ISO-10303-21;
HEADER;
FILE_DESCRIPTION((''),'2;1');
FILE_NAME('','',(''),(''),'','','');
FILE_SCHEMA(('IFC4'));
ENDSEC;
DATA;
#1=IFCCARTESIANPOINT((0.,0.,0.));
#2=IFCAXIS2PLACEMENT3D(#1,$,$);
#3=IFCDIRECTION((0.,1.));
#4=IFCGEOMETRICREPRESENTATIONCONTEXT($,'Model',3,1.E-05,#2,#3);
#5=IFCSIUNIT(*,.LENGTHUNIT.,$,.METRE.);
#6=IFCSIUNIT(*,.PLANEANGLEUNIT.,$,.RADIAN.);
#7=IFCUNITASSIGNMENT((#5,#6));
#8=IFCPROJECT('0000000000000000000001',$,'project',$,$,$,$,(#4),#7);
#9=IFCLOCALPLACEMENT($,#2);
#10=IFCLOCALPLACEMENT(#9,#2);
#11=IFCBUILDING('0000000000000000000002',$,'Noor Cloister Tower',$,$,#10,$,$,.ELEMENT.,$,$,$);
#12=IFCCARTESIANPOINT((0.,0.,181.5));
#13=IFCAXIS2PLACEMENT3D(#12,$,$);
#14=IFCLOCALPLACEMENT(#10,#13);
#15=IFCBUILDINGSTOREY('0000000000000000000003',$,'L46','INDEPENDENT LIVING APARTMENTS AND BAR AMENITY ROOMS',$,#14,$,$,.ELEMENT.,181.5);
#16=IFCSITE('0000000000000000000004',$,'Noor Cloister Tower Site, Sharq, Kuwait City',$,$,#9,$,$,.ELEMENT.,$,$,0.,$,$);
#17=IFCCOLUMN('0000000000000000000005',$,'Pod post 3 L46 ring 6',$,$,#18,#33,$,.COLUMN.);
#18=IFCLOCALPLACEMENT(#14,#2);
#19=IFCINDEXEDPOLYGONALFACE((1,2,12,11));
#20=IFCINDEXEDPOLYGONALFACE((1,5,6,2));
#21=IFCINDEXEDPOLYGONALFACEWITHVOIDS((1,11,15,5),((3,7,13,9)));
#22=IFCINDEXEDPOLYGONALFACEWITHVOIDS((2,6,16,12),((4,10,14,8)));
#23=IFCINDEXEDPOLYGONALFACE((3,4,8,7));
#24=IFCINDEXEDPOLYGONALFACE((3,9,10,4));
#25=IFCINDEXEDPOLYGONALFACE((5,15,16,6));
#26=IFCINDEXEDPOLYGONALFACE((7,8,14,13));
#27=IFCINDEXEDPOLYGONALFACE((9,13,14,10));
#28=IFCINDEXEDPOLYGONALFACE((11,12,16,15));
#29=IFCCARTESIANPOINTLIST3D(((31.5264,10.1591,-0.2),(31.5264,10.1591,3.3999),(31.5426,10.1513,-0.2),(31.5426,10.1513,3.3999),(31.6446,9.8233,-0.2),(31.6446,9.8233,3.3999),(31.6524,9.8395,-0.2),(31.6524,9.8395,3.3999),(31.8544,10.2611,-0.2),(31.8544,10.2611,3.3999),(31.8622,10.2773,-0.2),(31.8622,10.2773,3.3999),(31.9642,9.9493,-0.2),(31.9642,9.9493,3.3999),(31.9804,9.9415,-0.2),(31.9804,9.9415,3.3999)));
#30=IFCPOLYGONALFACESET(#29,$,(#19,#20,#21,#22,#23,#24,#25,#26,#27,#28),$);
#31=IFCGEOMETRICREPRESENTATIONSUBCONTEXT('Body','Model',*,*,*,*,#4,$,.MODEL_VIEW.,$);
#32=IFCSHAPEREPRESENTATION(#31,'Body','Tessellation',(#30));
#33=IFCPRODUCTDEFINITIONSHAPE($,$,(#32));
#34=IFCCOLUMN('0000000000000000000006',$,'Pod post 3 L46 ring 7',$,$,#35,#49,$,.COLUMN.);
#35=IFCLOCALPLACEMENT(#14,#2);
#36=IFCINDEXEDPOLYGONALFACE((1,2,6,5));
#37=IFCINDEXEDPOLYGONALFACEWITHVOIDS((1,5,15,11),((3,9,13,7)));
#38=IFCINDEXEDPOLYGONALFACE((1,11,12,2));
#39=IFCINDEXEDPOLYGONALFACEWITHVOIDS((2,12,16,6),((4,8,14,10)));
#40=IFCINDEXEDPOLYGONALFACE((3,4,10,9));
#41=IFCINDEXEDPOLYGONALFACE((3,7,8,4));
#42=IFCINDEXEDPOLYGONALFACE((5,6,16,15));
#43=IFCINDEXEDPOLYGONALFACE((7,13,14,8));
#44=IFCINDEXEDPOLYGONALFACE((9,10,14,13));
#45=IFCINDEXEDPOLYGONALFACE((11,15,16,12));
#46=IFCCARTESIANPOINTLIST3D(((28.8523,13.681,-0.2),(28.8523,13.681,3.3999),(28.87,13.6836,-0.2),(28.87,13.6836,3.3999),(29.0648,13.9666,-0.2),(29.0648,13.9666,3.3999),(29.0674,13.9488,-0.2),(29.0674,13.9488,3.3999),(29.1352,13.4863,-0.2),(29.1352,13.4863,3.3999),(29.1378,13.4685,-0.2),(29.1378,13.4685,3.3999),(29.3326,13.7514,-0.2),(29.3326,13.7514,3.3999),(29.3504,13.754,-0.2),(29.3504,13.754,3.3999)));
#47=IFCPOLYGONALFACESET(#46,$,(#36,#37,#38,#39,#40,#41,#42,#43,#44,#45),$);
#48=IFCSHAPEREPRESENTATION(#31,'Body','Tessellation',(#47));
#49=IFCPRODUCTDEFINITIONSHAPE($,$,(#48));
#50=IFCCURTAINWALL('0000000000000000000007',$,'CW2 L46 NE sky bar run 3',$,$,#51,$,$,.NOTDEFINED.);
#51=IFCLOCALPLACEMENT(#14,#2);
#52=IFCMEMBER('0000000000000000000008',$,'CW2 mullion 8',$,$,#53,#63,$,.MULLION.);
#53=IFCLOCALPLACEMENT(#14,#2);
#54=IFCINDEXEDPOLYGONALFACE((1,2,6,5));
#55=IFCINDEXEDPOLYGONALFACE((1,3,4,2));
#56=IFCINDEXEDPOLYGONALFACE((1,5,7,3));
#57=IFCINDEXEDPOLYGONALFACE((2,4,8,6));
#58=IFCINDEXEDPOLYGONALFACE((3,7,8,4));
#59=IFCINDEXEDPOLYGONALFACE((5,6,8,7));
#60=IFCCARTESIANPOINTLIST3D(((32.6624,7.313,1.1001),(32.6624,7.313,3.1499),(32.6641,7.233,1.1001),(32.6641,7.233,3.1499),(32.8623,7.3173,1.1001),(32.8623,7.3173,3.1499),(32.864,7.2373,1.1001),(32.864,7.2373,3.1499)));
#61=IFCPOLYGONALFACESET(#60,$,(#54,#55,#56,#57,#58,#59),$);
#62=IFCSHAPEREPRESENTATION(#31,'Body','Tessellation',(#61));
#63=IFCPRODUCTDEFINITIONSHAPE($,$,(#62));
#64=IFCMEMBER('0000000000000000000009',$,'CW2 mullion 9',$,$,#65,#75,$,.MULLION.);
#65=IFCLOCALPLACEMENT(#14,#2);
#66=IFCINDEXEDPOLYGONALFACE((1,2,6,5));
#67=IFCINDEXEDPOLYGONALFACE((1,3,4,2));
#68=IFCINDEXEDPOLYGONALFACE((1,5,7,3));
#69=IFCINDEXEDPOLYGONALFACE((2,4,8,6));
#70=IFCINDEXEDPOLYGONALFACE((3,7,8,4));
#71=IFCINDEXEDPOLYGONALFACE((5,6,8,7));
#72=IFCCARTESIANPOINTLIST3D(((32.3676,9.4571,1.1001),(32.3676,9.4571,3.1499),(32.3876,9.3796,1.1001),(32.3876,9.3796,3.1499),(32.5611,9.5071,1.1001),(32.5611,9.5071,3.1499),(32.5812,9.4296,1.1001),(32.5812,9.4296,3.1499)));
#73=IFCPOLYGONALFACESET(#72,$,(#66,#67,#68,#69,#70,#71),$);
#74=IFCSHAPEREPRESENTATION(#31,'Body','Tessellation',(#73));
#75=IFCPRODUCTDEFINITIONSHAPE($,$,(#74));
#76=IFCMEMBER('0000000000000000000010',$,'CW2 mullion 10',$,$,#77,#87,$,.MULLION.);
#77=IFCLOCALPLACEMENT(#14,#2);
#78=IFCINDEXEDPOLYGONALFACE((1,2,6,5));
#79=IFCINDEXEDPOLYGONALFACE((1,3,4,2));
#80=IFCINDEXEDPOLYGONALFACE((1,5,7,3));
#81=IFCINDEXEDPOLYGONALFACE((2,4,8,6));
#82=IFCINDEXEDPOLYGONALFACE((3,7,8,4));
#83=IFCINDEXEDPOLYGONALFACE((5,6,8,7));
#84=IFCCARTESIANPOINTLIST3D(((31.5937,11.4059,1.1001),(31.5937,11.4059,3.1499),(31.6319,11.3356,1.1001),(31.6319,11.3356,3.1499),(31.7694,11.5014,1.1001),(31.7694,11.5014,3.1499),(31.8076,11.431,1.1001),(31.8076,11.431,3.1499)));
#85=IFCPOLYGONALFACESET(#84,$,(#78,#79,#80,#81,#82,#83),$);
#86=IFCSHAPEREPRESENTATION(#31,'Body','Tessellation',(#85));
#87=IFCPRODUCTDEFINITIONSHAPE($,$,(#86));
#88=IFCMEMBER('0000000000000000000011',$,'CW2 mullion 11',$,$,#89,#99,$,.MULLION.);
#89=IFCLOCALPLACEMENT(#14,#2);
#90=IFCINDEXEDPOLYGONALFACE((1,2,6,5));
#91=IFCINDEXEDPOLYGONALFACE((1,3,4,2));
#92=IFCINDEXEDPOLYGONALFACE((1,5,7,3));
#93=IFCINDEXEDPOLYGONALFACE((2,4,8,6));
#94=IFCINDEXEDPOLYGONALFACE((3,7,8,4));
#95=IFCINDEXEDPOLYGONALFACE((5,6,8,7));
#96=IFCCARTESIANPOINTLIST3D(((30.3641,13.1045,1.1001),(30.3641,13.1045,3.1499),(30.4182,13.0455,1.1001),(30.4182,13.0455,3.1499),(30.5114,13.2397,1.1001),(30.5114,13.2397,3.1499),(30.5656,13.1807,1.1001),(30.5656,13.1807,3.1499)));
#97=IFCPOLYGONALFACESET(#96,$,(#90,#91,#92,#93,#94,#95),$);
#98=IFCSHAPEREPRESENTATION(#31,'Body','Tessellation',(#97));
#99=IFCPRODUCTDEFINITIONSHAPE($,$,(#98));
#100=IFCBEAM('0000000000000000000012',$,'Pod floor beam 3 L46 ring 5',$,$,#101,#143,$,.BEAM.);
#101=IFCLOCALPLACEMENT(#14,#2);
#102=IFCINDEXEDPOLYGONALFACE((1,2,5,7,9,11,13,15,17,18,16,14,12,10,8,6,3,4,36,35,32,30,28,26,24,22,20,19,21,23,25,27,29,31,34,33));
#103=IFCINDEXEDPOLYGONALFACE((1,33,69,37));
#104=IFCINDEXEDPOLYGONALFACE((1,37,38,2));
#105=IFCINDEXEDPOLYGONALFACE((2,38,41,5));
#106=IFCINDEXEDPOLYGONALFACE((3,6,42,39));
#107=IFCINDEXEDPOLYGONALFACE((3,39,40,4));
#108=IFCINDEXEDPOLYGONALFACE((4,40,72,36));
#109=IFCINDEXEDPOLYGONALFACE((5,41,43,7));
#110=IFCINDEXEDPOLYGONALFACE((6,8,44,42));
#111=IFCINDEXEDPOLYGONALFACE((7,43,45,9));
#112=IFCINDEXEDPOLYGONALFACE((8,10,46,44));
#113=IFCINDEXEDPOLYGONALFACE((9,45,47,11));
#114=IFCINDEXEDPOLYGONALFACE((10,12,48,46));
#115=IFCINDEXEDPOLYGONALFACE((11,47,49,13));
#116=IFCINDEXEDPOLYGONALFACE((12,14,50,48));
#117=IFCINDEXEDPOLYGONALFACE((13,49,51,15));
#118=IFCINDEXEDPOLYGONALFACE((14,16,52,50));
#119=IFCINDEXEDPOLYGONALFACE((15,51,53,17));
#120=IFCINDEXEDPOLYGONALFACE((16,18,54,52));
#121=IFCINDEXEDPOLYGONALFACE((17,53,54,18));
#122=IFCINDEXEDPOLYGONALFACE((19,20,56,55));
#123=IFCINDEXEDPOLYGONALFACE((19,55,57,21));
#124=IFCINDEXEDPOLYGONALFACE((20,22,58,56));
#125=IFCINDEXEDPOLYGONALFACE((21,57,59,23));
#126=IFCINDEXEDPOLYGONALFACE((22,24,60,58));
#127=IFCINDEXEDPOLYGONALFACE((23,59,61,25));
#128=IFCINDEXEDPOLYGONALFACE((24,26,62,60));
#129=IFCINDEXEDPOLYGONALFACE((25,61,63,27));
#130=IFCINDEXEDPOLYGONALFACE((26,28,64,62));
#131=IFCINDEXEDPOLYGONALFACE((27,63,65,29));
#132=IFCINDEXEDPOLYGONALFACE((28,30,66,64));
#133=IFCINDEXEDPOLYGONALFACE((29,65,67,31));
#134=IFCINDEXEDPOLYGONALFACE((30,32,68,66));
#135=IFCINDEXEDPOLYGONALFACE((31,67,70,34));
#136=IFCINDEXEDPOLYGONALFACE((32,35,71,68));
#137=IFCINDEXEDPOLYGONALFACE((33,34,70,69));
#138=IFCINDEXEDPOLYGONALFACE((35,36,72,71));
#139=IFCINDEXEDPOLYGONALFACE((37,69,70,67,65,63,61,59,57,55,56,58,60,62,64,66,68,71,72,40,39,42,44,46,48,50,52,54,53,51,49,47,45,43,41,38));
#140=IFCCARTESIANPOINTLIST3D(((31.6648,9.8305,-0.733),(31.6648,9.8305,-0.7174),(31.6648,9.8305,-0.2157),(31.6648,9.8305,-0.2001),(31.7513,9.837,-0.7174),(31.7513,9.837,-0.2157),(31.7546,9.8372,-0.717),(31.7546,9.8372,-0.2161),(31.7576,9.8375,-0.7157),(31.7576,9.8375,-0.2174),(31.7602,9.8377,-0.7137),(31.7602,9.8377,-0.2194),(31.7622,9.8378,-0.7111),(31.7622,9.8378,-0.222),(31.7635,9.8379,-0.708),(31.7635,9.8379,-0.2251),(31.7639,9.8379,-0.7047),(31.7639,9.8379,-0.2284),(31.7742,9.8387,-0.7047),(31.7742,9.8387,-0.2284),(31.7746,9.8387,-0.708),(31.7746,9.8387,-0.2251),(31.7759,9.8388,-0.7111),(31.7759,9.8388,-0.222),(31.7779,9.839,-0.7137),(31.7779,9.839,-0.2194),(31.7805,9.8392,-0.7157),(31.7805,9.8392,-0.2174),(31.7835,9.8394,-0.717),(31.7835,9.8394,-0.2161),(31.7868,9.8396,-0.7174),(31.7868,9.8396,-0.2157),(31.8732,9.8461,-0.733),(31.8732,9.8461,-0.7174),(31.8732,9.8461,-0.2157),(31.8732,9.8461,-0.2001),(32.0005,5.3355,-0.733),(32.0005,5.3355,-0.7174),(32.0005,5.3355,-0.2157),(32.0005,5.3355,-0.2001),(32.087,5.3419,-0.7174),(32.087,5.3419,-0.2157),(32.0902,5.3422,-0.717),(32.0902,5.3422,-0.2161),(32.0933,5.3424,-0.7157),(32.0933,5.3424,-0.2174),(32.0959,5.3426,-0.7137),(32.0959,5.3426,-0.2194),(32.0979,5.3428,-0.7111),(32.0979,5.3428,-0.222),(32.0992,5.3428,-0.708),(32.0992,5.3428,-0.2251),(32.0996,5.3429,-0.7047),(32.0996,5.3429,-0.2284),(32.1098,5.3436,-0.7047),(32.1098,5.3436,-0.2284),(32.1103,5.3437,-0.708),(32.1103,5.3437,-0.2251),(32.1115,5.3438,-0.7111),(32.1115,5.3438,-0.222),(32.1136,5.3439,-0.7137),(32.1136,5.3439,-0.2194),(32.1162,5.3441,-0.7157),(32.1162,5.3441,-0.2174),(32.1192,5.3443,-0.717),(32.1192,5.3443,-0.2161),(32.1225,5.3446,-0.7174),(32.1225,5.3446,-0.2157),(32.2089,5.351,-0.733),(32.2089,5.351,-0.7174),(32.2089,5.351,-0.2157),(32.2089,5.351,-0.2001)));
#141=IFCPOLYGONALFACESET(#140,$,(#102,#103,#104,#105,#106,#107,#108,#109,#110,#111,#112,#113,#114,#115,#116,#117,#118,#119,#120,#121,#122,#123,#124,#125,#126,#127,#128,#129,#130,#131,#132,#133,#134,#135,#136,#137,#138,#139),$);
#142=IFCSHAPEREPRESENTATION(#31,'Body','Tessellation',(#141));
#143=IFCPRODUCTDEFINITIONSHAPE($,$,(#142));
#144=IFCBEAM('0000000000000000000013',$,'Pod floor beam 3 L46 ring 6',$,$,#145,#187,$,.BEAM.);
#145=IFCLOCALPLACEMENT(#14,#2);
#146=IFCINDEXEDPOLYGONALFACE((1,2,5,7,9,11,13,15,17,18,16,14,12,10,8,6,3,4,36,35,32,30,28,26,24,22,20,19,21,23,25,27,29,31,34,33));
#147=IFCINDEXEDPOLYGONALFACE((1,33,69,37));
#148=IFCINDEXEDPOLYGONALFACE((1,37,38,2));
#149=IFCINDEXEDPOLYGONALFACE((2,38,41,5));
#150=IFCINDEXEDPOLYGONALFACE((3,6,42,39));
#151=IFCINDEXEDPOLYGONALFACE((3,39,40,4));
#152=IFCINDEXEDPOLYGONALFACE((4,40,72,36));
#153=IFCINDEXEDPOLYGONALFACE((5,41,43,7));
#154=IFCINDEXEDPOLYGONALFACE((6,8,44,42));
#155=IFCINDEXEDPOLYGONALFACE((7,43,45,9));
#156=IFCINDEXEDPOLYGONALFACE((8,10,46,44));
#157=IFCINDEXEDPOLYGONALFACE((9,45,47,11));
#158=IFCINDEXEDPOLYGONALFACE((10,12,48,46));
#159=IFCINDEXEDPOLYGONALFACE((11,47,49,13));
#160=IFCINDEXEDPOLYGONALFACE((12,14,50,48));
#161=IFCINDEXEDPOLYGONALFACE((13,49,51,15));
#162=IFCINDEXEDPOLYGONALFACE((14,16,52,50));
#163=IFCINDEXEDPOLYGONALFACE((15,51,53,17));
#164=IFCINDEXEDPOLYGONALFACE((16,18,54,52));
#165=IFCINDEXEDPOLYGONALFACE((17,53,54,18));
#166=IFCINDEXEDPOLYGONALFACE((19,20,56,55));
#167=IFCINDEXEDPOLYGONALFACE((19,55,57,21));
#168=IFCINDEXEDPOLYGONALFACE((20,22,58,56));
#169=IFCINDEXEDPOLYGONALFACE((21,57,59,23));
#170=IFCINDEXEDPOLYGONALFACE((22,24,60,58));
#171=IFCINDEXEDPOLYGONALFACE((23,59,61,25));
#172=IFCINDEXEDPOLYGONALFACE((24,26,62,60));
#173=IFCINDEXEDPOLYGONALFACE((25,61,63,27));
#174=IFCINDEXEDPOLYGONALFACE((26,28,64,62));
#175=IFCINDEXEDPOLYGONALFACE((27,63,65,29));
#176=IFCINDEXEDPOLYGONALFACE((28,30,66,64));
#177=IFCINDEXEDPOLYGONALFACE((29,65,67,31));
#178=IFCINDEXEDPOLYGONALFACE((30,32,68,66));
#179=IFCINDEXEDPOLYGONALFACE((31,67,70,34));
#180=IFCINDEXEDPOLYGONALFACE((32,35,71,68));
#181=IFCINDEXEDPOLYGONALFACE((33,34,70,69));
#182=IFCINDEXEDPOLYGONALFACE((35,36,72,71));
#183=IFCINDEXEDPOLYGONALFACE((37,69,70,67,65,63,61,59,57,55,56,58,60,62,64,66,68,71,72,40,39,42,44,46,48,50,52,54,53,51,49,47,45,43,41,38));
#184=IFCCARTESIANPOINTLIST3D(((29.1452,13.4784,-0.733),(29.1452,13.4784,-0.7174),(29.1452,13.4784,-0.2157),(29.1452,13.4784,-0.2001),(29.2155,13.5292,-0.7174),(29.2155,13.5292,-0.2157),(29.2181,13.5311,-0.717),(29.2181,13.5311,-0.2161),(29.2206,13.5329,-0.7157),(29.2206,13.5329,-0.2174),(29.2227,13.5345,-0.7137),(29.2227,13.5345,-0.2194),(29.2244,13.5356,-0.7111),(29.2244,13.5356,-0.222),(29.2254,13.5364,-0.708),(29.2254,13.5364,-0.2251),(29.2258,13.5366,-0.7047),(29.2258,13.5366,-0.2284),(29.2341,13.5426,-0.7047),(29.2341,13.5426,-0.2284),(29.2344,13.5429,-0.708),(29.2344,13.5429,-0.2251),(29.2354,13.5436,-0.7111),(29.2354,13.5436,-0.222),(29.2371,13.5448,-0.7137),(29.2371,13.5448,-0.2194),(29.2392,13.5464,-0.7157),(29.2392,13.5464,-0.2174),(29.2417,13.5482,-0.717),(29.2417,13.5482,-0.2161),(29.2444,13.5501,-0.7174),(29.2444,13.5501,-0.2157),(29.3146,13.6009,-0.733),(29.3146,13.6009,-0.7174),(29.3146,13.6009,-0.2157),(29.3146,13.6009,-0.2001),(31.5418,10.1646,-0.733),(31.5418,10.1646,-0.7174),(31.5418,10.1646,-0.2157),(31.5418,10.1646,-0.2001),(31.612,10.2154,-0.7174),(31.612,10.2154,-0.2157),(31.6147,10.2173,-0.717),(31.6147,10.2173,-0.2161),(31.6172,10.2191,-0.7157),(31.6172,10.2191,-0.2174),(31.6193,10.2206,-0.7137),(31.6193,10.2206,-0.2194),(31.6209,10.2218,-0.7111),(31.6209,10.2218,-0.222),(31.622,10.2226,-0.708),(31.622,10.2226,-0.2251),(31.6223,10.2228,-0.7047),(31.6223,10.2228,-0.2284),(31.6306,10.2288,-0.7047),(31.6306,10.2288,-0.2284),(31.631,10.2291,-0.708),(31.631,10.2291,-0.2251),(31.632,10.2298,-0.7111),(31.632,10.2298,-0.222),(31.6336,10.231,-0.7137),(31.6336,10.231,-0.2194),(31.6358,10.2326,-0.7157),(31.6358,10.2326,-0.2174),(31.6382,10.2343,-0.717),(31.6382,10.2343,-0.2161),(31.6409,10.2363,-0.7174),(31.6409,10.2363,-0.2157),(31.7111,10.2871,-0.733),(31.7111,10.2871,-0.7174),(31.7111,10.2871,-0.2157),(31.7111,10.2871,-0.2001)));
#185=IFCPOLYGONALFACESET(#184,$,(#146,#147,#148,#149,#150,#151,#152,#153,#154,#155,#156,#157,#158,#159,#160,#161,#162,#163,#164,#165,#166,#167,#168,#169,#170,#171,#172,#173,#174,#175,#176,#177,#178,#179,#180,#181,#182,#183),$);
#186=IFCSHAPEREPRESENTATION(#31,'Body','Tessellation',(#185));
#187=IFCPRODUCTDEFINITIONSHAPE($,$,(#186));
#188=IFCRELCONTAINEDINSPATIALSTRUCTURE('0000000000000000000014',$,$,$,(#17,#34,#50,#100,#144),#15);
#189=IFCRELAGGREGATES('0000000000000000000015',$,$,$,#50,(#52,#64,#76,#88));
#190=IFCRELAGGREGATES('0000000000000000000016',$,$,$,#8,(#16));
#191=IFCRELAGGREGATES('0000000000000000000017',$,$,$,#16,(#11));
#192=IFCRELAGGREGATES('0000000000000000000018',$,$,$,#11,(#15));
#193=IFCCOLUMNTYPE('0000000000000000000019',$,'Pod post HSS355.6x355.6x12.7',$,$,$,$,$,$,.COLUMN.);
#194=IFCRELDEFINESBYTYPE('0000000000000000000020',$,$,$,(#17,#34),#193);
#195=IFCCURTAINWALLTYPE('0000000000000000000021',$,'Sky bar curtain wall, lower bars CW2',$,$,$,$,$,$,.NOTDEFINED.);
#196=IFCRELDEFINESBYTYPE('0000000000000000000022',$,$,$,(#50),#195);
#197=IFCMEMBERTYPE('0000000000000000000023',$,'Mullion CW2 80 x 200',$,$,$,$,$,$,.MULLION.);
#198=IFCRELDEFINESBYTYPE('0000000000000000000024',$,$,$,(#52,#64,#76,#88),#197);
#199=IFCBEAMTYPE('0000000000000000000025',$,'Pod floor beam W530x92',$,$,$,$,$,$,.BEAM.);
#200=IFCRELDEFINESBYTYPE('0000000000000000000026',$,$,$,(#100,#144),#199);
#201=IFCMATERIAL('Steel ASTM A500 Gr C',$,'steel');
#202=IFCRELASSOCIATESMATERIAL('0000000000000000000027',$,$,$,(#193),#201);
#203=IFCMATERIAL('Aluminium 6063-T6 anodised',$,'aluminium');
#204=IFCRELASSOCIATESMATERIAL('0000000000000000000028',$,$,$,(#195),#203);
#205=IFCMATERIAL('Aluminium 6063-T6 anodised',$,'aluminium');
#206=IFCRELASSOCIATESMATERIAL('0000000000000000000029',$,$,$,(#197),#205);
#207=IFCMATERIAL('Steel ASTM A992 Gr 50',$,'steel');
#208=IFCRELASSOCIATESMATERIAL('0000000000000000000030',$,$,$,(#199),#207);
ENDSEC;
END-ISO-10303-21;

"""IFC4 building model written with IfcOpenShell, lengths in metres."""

from ifc_helpers import new_model, si_unit, direction, frame, origin, origin_2d, place, context, subcontext, project, spatial, rectangle, hollow_rectangle, i_section, extrude, material, material_profile, profile_set, type_object, element, aggregate, save


model = new_model("IFC4")

# Units and contexts
model_context = context("Model", 3, precision=1e-05, world=origin(), true_north=direction((0.0, 1.0)))
body_context = subcontext(model_context, "Body", "Model", "MODEL_VIEW")
ifc_project = project(units=[si_unit("LENGTHUNIT", "METRE"), si_unit("PLANEANGLEUNIT", "RADIAN")], contexts=[model_context])

# Site, building, storey
site_placement = place(None, origin())
site = spatial("IfcSite", under=ifc_project, at=site_placement, Name="Noor Cloister Tower Site, Sharq, Kuwait City", CompositionType="ELEMENT", RefElevation=0.0)
building_placement = place(site_placement, origin())
building = spatial("IfcBuilding", under=site, at=building_placement, Name="Noor Cloister Tower", CompositionType="ELEMENT")
storey_placement = place(building_placement, frame((0.0, 0.0, 181.5)))
storey = spatial("IfcBuildingStorey", under=building, at=storey_placement, Name="L46", Description="INDEPENDENT LIVING APARTMENTS AND BAR AMENITY ROOMS", CompositionType="ELEMENT", Elevation=181.5)

# Columns
ifc_material_1 = material(Name="Steel ASTM A500 Gr C", Category="steel")
ifc_material_profile_1 = material_profile(ifc_material_1, hollow_rectangle(XDim=0.356, YDim=0.356, WallThickness=0.0127, at=origin_2d()), Name="HSS355.6x355.6x12.7")
ifc_profile_set_1 = profile_set([ifc_material_profile_1], Name="Steel ASTM A500 Gr C")
column_type = type_object("IfcColumnType", Name="Pod post HSS355.6x355.6x12.7", PredefinedType="COLUMN", material=ifc_profile_set_1)
for number, where, z_axis, x_axis, name in (
    (1, (31.7534, 10.0503, -0.2), (0.0, 0.0, 1.0), (-0.332035, 0.943267, 0.0), "Pod post 3 L46 ring 6"),
    (2, (29.1013, 13.7175, -0.2), (0.0, 0.0, 1.0), (-0.802222, 0.597026, 0.0), "Pod post 3 L46 ring 7"),
):
    element("IfcColumn", number, at=place(storey_placement, frame(where, z_axis=z_axis, x_axis=x_axis)), inside=storey, type_object=column_type, Name=name, PredefinedType="COLUMN", context=body_context, shape_type="SweptSolid", body=[
        extrude(hollow_rectangle(XDim=0.356, YDim=0.356, WallThickness=0.0127, at=origin_2d()), origin(), (0.0, 0.0, 1.0), 3.5999),
    ])

# Curtain wall, members
ifc_material_2 = material(Name="Aluminium 6063-T6 anodised", Category="aluminium")
curtain_wall_type = type_object("IfcCurtainWallType", Name="Sky bar curtain wall, lower bars CW2", PredefinedType="NOTDEFINED", material=ifc_material_2)
curtain_wall_placement = place(storey_placement, origin())
curtain_wall = element("IfcCurtainWall", 3, at=curtain_wall_placement, inside=storey, type_object=curtain_wall_type, Name="CW2 L46 NE sky bar run 3", PredefinedType="NOTDEFINED")
ifc_material_3 = material(Name="Aluminium 6063-T6 anodised", Category="aluminium")
ifc_material_profile_2 = material_profile(ifc_material_3, rectangle(XDim=0.2, YDim=0.0801, at=origin_2d()), Name="200 x 80 mullion")
ifc_profile_set_2 = profile_set([ifc_material_profile_2], Name="Aluminium 6063-T6 anodised")
member_type = type_object("IfcMemberType", Name="Mullion CW2 80 x 200", PredefinedType="MULLION", material=ifc_profile_set_2)
member_1_placement = place(storey_placement, frame((32.7632, 7.2751, 1.1001), z_axis=(0.0, 0.0, 1.0), x_axis=(-0.999771, -0.021415, 0.0)))
member_1 = element("IfcMember", 4, at=member_1_placement, type_object=member_type, Name="CW2 mullion 8", PredefinedType="MULLION", context=body_context, shape_type="SweptSolid", body=[
    extrude(rectangle(XDim=0.2, YDim=0.0801, at=origin_2d()), origin(), (0.0, 0.0, 1.0), 2.0498),
])
member_2_placement = place(storey_placement, frame((32.4744, 9.4434, 1.1001), z_axis=(0.0, 0.0, 1.0), x_axis=(-0.968192, -0.250209, 0.0)))
member_2 = element("IfcMember", 5, at=member_2_placement, type_object=member_type, Name="CW2 mullion 9", PredefinedType="MULLION", context=body_context, shape_type="SweptSolid", body=[
    extrude(rectangle(XDim=0.2, YDim=0.0801, at=origin_2d()), origin(), (0.0, 0.0, 1.0), 2.0498),
])
member_3_placement = place(storey_placement, frame((31.7007, 11.4185, 1.1001), z_axis=(0.0, 0.0, 1.0), x_axis=(-0.878722, -0.477334, 0.0)))
member_3 = element("IfcMember", 6, at=member_3_placement, type_object=member_type, Name="CW2 mullion 10", PredefinedType="MULLION", context=body_context, shape_type="SweptSolid", body=[
    extrude(rectangle(XDim=0.2, YDim=0.0801, at=origin_2d()), origin(), (0.0, 0.0, 1.0), 2.0498),
])
member_4_placement = place(storey_placement, frame((30.4648, 13.1426, 1.1001), z_axis=(0.0, 0.0, 1.0), x_axis=(-0.736888, -0.676015, 0.0)))
member_4 = element("IfcMember", 7, at=member_4_placement, type_object=member_type, Name="CW2 mullion 11", PredefinedType="MULLION", context=body_context, shape_type="SweptSolid", body=[
    extrude(rectangle(XDim=0.2, YDim=0.0801, at=origin_2d()), origin(), (0.0, 0.0, 1.0), 2.0498),
])

# Beams
ifc_material_4 = material(Name="Steel ASTM A992 Gr 50", Category="steel")
ifc_material_profile_3 = material_profile(ifc_material_4, i_section(OverallWidth=0.209, OverallDepth=0.533, WebThickness=0.0103, FlangeThickness=0.0156, FilletRadius=0.0127, at=origin_2d()), Name="W530x92")
ifc_profile_set_3 = profile_set([ifc_material_profile_3], Name="Steel ASTM A992 Gr 50")
beam_type = type_object("IfcBeamType", Name="Pod floor beam W530x92", PredefinedType="BEAM", material=ifc_profile_set_3)
beam_1_placement = place(storey_placement, frame((32.1047, 5.3433, -0.4666), z_axis=(-0.074472, 0.997223, 0.0), x_axis=(-0.997223, -0.074472, 0.0)))
element("IfcBeam", 8, at=beam_1_placement, inside=storey, type_object=beam_type, Name="Pod floor beam 3 L46 ring 5", PredefinedType="BEAM", context=body_context, shape_type="SweptSolid", body=[
    extrude(i_section(OverallWidth=0.209, OverallDepth=0.533, WebThickness=0.0103, FlangeThickness=0.0156, FilletRadius=0.0127, at=origin_2d()), origin(), (0.0, 0.0, 1.0), 4.5076),
])
beam_2_placement = place(storey_placement, frame((31.6265, 10.2258, -0.4666), z_axis=(-0.586011, 0.810303, 0.0), x_axis=(-0.810303, -0.586011, 0.0)))
element("IfcBeam", 9, at=beam_2_placement, inside=storey, type_object=beam_type, Name="Pod floor beam 3 L46 ring 6", PredefinedType="BEAM", context=body_context, shape_type="SweptSolid", body=[
    extrude(i_section(OverallWidth=0.209, OverallDepth=0.533, WebThickness=0.0103, FlangeThickness=0.0156, FilletRadius=0.0127, at=origin_2d()), origin(), (0.0, 0.0, 1.0), 4.0896),
])

aggregate(curtain_wall, [member_1, member_2, member_3, member_4])

save(model, "model.ifc")
